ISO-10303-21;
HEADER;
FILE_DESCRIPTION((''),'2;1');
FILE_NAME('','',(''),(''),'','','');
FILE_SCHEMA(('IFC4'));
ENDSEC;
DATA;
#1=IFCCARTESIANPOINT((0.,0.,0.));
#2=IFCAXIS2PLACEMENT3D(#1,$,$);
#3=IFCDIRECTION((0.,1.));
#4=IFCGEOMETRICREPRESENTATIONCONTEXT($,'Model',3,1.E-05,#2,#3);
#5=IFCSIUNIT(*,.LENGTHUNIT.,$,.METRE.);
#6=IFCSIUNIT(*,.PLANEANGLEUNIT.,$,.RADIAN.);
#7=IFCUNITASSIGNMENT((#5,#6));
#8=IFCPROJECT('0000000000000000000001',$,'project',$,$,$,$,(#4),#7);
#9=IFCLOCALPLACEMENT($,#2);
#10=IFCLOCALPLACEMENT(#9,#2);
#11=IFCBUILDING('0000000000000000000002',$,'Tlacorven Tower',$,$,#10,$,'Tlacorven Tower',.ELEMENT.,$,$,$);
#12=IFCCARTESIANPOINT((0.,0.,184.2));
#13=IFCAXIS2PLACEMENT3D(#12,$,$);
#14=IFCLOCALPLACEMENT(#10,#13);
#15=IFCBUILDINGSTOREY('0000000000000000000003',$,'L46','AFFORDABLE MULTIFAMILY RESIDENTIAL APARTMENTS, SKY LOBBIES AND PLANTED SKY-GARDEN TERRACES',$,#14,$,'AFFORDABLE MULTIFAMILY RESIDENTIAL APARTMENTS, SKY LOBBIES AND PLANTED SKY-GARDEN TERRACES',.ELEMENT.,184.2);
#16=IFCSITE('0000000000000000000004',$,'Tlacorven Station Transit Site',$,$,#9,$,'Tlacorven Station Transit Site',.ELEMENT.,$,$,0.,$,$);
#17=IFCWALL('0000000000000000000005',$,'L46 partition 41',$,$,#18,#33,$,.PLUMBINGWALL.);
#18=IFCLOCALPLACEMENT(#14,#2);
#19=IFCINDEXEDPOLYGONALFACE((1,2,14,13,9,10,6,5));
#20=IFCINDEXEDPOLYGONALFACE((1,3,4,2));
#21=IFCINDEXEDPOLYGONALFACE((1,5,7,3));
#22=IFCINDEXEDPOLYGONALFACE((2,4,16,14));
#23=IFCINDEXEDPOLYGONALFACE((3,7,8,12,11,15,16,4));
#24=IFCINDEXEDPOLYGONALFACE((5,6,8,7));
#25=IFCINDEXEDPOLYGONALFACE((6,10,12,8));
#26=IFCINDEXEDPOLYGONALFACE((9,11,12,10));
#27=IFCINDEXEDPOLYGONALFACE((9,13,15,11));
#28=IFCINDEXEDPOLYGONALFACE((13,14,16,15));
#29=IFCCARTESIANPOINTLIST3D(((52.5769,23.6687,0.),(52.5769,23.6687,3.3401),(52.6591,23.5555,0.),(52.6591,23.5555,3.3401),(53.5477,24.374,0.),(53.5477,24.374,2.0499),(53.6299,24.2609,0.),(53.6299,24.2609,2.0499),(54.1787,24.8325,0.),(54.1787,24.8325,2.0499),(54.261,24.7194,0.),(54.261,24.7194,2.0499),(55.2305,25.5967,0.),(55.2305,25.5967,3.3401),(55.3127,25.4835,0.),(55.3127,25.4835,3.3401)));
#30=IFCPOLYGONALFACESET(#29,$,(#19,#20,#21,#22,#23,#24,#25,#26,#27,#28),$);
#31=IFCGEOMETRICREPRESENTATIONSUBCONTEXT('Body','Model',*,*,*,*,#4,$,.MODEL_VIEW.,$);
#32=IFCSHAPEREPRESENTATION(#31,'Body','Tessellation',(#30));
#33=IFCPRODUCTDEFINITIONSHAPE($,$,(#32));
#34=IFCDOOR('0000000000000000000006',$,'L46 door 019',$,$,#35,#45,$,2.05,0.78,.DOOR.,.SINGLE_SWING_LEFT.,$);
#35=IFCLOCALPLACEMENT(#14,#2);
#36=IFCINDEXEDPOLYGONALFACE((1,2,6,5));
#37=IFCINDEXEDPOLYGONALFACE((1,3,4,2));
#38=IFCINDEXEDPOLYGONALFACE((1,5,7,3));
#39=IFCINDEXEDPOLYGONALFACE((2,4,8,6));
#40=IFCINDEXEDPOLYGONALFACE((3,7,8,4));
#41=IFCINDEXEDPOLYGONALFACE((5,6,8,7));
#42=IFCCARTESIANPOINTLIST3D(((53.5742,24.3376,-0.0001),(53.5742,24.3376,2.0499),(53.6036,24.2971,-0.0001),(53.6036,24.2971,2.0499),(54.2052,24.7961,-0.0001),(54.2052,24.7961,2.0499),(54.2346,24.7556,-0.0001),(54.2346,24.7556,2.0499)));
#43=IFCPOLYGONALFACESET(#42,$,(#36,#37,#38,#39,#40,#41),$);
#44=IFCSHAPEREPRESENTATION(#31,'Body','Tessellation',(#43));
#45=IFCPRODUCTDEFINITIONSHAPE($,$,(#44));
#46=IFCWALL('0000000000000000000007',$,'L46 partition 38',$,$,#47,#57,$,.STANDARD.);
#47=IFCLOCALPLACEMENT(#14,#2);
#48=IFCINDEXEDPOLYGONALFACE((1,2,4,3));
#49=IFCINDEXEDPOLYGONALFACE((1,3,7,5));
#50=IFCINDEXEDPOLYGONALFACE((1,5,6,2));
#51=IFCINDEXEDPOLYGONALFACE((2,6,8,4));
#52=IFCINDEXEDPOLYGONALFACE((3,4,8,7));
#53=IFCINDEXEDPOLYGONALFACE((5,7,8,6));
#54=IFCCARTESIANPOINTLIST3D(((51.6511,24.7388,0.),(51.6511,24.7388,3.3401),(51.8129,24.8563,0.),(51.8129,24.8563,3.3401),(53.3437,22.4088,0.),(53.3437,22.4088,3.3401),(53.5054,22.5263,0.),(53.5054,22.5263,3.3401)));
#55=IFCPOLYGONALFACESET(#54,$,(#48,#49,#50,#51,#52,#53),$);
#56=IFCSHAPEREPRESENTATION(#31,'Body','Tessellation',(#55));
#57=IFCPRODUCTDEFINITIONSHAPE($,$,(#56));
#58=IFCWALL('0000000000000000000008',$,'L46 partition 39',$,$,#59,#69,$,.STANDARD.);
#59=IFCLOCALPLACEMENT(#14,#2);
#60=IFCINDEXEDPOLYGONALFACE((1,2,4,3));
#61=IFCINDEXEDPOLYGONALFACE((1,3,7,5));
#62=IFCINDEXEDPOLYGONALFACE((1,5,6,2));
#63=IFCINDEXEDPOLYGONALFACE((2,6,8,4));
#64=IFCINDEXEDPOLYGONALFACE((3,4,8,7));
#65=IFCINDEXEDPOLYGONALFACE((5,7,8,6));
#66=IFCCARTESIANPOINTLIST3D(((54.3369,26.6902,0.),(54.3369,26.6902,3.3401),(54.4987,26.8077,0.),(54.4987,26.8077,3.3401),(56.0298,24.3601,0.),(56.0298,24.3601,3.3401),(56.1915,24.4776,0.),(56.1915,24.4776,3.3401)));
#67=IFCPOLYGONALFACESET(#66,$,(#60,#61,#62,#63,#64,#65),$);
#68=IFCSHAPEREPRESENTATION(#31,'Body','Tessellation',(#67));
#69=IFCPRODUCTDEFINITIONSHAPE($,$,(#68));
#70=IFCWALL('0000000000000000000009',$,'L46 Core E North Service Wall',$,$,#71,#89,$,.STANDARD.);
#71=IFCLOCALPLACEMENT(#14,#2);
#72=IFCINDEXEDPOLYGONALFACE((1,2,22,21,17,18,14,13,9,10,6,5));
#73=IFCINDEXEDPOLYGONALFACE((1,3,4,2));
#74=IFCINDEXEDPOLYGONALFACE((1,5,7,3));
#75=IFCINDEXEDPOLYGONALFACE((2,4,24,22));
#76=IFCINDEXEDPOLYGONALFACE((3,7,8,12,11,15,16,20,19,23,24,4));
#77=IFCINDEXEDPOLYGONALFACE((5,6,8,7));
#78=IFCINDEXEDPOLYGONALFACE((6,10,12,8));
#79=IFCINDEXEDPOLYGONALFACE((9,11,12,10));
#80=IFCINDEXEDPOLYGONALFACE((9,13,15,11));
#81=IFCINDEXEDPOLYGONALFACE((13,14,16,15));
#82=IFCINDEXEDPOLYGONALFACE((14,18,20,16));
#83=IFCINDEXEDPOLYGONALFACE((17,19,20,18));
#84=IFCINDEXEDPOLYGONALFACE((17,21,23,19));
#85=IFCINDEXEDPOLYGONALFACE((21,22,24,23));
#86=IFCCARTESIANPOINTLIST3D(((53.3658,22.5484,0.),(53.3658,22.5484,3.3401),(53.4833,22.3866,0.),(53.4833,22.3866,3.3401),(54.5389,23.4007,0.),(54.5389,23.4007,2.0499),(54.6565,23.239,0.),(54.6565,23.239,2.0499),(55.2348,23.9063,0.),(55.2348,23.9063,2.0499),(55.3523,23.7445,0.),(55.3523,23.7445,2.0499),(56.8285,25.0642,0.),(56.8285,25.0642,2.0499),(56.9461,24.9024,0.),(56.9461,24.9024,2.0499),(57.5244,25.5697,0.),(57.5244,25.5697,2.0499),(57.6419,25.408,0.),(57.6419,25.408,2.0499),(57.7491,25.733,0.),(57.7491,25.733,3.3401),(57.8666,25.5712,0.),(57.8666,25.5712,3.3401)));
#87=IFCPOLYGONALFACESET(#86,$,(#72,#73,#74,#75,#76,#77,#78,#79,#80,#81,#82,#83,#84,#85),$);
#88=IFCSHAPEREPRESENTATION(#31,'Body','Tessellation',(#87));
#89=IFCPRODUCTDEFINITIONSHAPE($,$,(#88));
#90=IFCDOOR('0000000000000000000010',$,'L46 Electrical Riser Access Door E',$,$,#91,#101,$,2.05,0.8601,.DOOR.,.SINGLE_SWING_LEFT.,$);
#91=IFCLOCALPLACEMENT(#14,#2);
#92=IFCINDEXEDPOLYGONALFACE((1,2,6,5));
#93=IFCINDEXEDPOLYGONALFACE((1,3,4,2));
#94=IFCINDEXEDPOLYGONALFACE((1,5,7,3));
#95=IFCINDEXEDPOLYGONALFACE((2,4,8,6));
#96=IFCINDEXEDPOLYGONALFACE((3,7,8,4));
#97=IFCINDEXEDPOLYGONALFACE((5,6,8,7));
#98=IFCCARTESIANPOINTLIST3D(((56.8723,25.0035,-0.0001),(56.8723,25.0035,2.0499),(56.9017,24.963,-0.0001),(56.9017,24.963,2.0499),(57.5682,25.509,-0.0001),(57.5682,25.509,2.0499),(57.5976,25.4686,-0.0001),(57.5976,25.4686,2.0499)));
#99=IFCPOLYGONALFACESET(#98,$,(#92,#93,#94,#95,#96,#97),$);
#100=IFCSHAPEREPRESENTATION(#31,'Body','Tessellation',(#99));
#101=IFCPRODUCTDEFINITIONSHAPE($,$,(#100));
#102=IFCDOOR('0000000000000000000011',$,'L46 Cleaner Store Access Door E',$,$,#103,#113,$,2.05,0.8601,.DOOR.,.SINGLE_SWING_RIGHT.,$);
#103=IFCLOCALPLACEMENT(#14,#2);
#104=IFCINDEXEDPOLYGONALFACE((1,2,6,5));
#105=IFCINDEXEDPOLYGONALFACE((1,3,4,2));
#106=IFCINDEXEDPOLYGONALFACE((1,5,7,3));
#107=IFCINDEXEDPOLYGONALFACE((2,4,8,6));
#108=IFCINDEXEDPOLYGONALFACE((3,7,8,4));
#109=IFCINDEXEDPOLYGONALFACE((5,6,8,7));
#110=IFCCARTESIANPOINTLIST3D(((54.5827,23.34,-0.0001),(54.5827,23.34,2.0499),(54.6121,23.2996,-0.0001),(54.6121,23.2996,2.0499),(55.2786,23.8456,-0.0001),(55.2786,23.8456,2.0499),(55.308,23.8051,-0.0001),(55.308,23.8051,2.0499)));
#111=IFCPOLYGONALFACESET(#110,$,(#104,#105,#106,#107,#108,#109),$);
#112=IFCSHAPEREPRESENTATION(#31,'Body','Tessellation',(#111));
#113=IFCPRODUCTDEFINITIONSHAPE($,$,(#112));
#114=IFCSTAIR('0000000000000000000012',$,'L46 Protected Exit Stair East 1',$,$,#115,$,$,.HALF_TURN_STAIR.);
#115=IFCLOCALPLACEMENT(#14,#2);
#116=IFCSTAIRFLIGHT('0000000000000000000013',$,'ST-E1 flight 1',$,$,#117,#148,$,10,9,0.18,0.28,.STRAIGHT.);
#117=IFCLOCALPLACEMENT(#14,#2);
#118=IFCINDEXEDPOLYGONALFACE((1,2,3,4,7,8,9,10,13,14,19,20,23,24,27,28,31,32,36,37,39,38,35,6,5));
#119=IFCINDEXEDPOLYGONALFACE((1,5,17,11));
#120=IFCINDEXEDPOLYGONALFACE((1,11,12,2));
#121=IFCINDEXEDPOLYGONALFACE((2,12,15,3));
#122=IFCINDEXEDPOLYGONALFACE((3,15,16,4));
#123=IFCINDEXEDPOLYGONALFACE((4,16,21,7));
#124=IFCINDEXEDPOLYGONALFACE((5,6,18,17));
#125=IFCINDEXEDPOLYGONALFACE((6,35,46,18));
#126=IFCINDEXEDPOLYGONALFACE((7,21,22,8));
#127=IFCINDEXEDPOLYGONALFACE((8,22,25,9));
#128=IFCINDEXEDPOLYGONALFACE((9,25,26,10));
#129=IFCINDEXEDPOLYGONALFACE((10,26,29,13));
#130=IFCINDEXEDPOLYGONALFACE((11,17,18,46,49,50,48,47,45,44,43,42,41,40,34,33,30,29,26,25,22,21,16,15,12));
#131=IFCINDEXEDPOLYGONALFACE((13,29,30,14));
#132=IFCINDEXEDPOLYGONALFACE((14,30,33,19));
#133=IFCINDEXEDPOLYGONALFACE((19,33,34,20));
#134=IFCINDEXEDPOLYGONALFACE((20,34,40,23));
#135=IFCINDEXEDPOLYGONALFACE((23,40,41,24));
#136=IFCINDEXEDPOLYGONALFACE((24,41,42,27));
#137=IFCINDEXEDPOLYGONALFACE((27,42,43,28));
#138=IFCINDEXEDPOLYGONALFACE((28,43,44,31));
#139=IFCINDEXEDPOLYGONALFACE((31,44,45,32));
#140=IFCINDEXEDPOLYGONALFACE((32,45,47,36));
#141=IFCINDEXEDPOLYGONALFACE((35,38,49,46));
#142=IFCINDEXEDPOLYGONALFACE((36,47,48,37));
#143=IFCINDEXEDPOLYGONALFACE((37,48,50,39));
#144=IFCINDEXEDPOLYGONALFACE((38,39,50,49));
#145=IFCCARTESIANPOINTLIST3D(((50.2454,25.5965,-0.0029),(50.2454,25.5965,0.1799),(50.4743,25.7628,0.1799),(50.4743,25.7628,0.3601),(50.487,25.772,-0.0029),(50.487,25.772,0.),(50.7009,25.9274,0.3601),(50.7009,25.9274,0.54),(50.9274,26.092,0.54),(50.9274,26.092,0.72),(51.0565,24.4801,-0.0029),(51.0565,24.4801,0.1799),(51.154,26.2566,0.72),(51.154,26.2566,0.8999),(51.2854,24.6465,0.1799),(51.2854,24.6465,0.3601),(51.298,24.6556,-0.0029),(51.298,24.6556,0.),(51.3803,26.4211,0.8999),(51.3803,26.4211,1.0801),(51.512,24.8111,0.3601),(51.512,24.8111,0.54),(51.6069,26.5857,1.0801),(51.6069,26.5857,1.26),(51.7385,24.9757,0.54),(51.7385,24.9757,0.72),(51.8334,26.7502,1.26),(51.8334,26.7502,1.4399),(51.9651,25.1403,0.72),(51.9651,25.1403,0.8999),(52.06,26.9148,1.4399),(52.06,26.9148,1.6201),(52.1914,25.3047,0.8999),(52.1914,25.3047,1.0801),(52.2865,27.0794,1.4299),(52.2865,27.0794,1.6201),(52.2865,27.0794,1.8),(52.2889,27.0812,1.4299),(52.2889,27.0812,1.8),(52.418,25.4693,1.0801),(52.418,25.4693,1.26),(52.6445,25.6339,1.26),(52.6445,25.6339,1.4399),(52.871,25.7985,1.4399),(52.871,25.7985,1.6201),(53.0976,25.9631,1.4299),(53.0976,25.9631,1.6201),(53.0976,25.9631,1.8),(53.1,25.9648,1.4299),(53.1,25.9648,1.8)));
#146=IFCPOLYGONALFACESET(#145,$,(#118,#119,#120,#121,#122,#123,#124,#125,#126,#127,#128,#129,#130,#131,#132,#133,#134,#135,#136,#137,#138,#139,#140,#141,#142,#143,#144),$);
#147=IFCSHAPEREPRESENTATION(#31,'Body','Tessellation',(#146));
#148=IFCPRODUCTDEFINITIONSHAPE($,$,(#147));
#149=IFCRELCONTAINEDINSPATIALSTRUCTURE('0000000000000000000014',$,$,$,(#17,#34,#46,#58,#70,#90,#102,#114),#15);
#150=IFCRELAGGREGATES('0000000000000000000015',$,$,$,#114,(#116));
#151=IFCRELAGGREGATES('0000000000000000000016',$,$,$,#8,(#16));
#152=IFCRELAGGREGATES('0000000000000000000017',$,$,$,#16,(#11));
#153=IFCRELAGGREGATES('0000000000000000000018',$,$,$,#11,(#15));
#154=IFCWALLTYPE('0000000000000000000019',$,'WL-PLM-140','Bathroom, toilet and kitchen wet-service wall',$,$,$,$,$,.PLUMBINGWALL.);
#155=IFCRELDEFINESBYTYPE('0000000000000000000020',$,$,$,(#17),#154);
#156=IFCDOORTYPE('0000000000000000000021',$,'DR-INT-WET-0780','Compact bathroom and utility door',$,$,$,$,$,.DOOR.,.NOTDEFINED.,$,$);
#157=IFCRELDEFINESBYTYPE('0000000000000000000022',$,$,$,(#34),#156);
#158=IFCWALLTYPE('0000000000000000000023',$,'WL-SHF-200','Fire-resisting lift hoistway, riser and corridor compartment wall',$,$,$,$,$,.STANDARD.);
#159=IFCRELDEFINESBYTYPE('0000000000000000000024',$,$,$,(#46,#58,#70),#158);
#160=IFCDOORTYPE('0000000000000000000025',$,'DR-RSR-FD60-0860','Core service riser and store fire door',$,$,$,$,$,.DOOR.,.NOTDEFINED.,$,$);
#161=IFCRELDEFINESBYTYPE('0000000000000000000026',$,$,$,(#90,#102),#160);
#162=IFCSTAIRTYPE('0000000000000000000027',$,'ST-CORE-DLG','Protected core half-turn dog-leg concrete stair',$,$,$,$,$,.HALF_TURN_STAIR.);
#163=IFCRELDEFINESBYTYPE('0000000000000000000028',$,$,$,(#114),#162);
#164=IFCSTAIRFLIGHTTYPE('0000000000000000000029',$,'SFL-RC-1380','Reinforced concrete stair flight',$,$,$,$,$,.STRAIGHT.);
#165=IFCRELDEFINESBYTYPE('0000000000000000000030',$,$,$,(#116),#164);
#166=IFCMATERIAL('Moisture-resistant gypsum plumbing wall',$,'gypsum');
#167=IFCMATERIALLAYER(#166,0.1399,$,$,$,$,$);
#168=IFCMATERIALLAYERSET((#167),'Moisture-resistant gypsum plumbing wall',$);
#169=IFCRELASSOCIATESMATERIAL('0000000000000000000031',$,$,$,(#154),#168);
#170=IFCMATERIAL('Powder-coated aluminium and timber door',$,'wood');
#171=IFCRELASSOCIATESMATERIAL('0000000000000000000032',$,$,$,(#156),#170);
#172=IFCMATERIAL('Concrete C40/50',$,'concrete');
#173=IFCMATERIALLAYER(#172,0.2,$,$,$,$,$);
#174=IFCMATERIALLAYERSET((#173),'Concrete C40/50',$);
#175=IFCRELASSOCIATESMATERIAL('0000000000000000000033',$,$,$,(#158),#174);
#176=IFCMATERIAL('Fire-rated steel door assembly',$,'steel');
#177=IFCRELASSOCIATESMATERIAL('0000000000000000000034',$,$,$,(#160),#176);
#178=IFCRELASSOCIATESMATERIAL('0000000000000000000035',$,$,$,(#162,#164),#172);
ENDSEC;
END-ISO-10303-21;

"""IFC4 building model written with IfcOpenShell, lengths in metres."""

from ifc_helpers import new_model, si_unit, direction, frame, frame_2d, origin, place, context, subcontext, project, spatial, polyline, rectangle, outline, extrude, source, transform, mapped, material, layer, layer_set, type_object, element, fill, aggregate, save


model = new_model("IFC4")

# Units and contexts
model_context = context("Model", 3, precision=1e-05, world=origin(), true_north=direction((0.0, 1.0)))
body_context = subcontext(model_context, "Body", "Model", "MODEL_VIEW")
ifc_project = project(units=[si_unit("LENGTHUNIT", "METRE"), si_unit("PLANEANGLEUNIT", "RADIAN")], contexts=[model_context])

# Site, building, storey
site_placement = place(None, origin())
site = spatial("IfcSite", under=ifc_project, at=site_placement, Name="Tlacorven Station Transit Site", LongName="Tlacorven Station Transit Site", CompositionType="ELEMENT", RefElevation=0.0)
building_placement = place(site_placement, origin())
building = spatial("IfcBuilding", under=site, at=building_placement, Name="Tlacorven Tower", LongName="Tlacorven Tower", CompositionType="ELEMENT")
storey_placement = place(building_placement, frame((0.0, 0.0, 184.2)))
storey = spatial("IfcBuildingStorey", under=building, at=storey_placement, Name="L46", Description="AFFORDABLE MULTIFAMILY RESIDENTIAL APARTMENTS, SKY LOBBIES AND PLANTED SKY-GARDEN TERRACES", LongName="AFFORDABLE MULTIFAMILY RESIDENTIAL APARTMENTS, SKY LOBBIES AND PLANTED SKY-GARDEN TERRACES", CompositionType="ELEMENT", Elevation=184.2)

# Wall, opening, door
ifc_material_1 = material(Name="Moisture-resistant gypsum plumbing wall", Category="gypsum")
ifc_layer_1 = layer(ifc_material_1, 0.1399)
ifc_layer_set_1 = layer_set([ifc_layer_1], Name="Moisture-resistant gypsum plumbing wall")
wall_type_1 = type_object("IfcWallType", Name="WL-PLM-140", Description="Bathroom, toilet and kitchen wet-service wall", PredefinedType="PLUMBINGWALL", material=ifc_layer_set_1)
wall_1_placement = place(storey_placement, frame((52.6179, 23.6121, 0.0), z_axis=(0.0, 0.0, 1.0), x_axis=(0.80901, 0.587795, 0.0)))
wall_1 = element("IfcWall", 1, at=wall_1_placement, inside=storey, type_object=wall_type_1, Name="L46 partition 41", PredefinedType="PLUMBINGWALL", context=body_context, shape_type="SweptSolid", body=[
    extrude(rectangle(XDim=3.28, YDim=0.1399, at=frame_2d((1.6401, 0.0))), origin(), (0.0, 0.0, 1.0), 3.3401),
])
opening_1_placement = place(wall_1_placement, frame((1.2, 0.0, 0.0)))
opening_1 = element("IfcOpeningElement", 2, at=opening_1_placement, cuts=wall_1, PredefinedType="OPENING", context=body_context, shape_type="SweptSolid", body=[
    extrude(rectangle(XDim=0.78, YDim=2.05, at=frame_2d((0.3901, 1.0249))), frame((0.0, 0.0801, 0.0), z_axis=(0.0, -1.0, 0.0), x_axis=(1.0, 0.0, 0.0)), (0.0, 0.0, 1.0), 0.1599),
])
ifc_material_2 = material(Name="Powder-coated aluminium and timber door", Category="wood")
door_type_1 = type_object("IfcDoorType", Name="DR-INT-WET-0780", Description="Compact bathroom and utility door", OperationType="NOTDEFINED", PredefinedType="DOOR", material=ifc_material_2)
shared_shape_1 = source(origin(), body_context, "Body", "SweptSolid", [
    extrude(rectangle(XDim=0.78, YDim=2.05, at=frame_2d((0.3901, 1.0249))), frame((0.0, 0.0249, 0.0), z_axis=(0.0, -1.0, 0.0), x_axis=(1.0, 0.0, 0.0)), (0.0, 0.0, 1.0), 0.05),
])
door_1_placement = place(opening_1_placement, origin())
door_1 = element("IfcDoor", 3, at=door_1_placement, inside=storey, type_object=door_type_1, Name="L46 door 019", OperationType="SINGLE_SWING_LEFT", OverallHeight=2.05, OverallWidth=0.78, PredefinedType="DOOR", context=body_context, shape_type="MappedRepresentation", body=[
    mapped(shared_shape_1, transform((0.0, 0.0, 0.0), scale=1.0)),
])
fill(opening_1, door_1)

# Walls
ifc_material_3 = material(Name="Concrete C40/50", Category="concrete")
ifc_layer_2 = layer(ifc_material_3, 0.2)
ifc_layer_set_2 = layer_set([ifc_layer_2], Name="Concrete C40/50")
wall_type_2 = type_object("IfcWallType", Name="WL-SHF-200", Description="Fire-resisting lift hoistway, riser and corridor compartment wall", PredefinedType="STANDARD", material=ifc_layer_set_2)
wall_2_placement = place(storey_placement, frame((53.4246, 22.4675, 0.0), z_axis=(0.0, 0.0, 1.0), x_axis=(-0.587723, 0.809062, 0.0)))
element("IfcWall", 4, at=wall_2_placement, inside=storey, type_object=wall_type_2, Name="L46 partition 38", PredefinedType="STANDARD", context=body_context, shape_type="SweptSolid", body=[
    extrude(rectangle(XDim=2.8799, YDim=0.2, at=frame_2d((1.4399, 0.0))), origin(), (0.0, 0.0, 1.0), 3.3401),
])
wall_3_placement = place(storey_placement, frame((56.1106, 24.4189, 0.0), z_axis=(0.0, 0.0, 1.0), x_axis=(-0.587778, 0.809022, 0.0)))
element("IfcWall", 5, at=wall_3_placement, inside=storey, type_object=wall_type_2, Name="L46 partition 39", PredefinedType="STANDARD", context=body_context, shape_type="SweptSolid", body=[
    extrude(rectangle(XDim=2.8801, YDim=0.2, at=frame_2d((1.4399, 0.0))), origin(), (0.0, 0.0, 1.0), 3.3401),
])

# Wall, openings, doors
wall_4_placement = place(storey_placement, frame((53.4246, 22.4675, 0.0), z_axis=(0.0, 0.0, 1.0), x_axis=(0.809024, 0.587775, 0.0)))
wall_4 = element("IfcWall", 6, at=wall_4_placement, inside=storey, type_object=wall_type_2, Name="L46 Core E North Service Wall", PredefinedType="STANDARD", context=body_context, shape_type="SweptSolid", body=[
    extrude(rectangle(XDim=5.418, YDim=0.2, at=frame_2d((2.709, 0.0))), origin(), (0.0, 0.0, 1.0), 3.3401),
])
opening_2_placement = place(wall_4_placement, frame((4.28, 0.0, 0.0)))
opening_2 = element("IfcOpeningElement", 7, at=opening_2_placement, cuts=wall_4, PredefinedType="OPENING", context=body_context, shape_type="SweptSolid", body=[
    extrude(rectangle(XDim=0.8601, YDim=2.05, at=frame_2d((0.4302, 1.0249))), frame((0.0, 0.1099, 0.0), z_axis=(0.0, -1.0, 0.0), x_axis=(1.0, 0.0, 0.0)), (0.0, 0.0, 1.0), 0.22),
])
opening_3_placement = place(wall_4_placement, frame((1.45, 0.0, 0.0)))
opening_3 = element("IfcOpeningElement", 8, at=opening_3_placement, cuts=wall_4, PredefinedType="OPENING", context=body_context, shape_type="SweptSolid", body=[
    extrude(rectangle(XDim=0.8601, YDim=2.05, at=frame_2d((0.4302, 1.0249))), frame((0.0, 0.1099, 0.0), z_axis=(0.0, -1.0, 0.0), x_axis=(1.0, 0.0, 0.0)), (0.0, 0.0, 1.0), 0.22),
])
ifc_material_4 = material(Name="Fire-rated steel door assembly", Category="steel")
door_type_2 = type_object("IfcDoorType", Name="DR-RSR-FD60-0860", Description="Core service riser and store fire door", OperationType="NOTDEFINED", PredefinedType="DOOR", material=ifc_material_4)
shared_shape_2 = source(origin(), body_context, "Body", "SweptSolid", [
    extrude(rectangle(XDim=0.8601, YDim=2.05, at=frame_2d((0.4302, 1.0249))), frame((0.0, 0.0249, 0.0), z_axis=(0.0, -1.0, 0.0), x_axis=(1.0, 0.0, 0.0)), (0.0, 0.0, 1.0), 0.05),
])
door_2_placement = place(opening_2_placement, frame((0.8601, 0.0, 0.0), z_axis=(0.0, 0.0, 1.0), x_axis=(-1.0, 0.0, 0.0)))
door_2 = element("IfcDoor", 9, at=door_2_placement, inside=storey, type_object=door_type_2, Name="L46 Electrical Riser Access Door E", OperationType="SINGLE_SWING_LEFT", OverallHeight=2.05, OverallWidth=0.8601, PredefinedType="DOOR", context=body_context, shape_type="MappedRepresentation", body=[
    mapped(shared_shape_2, transform((0.0, 0.0, 0.0), scale=1.0)),
])
fill(opening_2, door_2)
door_3_placement = place(opening_3_placement, frame((0.8601, 0.0, 0.0), z_axis=(0.0, 0.0, 1.0), x_axis=(-1.0, 0.0, 0.0)))
door_3 = element("IfcDoor", 10, at=door_3_placement, inside=storey, type_object=door_type_2, Name="L46 Cleaner Store Access Door E", OperationType="SINGLE_SWING_RIGHT", OverallHeight=2.05, OverallWidth=0.8601, PredefinedType="DOOR", context=body_context, shape_type="MappedRepresentation", body=[
    mapped(shared_shape_2, transform((0.0, 0.0, 0.0), scale=1.0)),
])
fill(opening_3, door_3)

# Stair, stair flight
stair_type = type_object("IfcStairType", Name="ST-CORE-DLG", Description="Protected core half-turn dog-leg concrete stair", PredefinedType="HALF_TURN_STAIR", material=ifc_material_3)
stair_placement = place(storey_placement, origin())
stair = element("IfcStair", 11, at=stair_placement, inside=storey, type_object=stair_type, Name="L46 Protected Exit Stair East 1", PredefinedType="HALF_TURN_STAIR")
stair_flight_type = type_object("IfcStairFlightType", Name="SFL-RC-1380", Description="Reinforced concrete stair flight", PredefinedType="STRAIGHT", material=ifc_material_3)
shared_shape_3 = source(origin(), body_context, "Body", "SweptSolid", [
    extrude(outline(polyline([(-0.0029, -0.0029), (-0.0029, 0.1799), (0.28, 0.1799), (0.28, 0.3601), (0.5601, 0.3601), (0.5601, 0.54), (0.8401, 0.54), (0.8401, 0.72), (1.1201, 0.72), (1.1201, 0.8999), (1.3999, 0.8999), (1.3999, 1.0801), (1.6799, 1.0801), (1.6799, 1.26), (1.96, 1.26), (1.96, 1.4399), (2.24, 1.4399), (2.24, 1.6201), (2.52, 1.6201), (2.52, 1.8), (2.5229, 1.8), (2.5229, 1.4299), (2.52, 1.4299), (0.2957, 0.0), (0.2957, -0.0029), (-0.0029, -0.0029)])), frame((0.0, 0.6899, 0.0), z_axis=(0.0, -1.0, 0.0), x_axis=(1.0, 0.0, 0.0)), (0.0, 0.0, 1.0), 1.3799),
])
stair_flight_1_placement = place(storey_placement, frame((50.6533, 25.04, 0.0), z_axis=(0.0, 0.0, 1.0), x_axis=(0.809017, 0.587785, 0.0)))
stair_flight_1 = element("IfcStairFlight", 12, at=stair_flight_1_placement, type_object=stair_flight_type, Name="ST-E1 flight 1", NumberOfRisers=10, NumberOfTreads=9, PredefinedType="STRAIGHT", RiserHeight=0.18, TreadLength=0.28, context=body_context, shape_type="MappedRepresentation", body=[
    mapped(shared_shape_3, transform((0.0, 0.0, 0.0), scale=1.0)),
])
aggregate(stair, [stair_flight_1])

save(model, "model.ifc")
